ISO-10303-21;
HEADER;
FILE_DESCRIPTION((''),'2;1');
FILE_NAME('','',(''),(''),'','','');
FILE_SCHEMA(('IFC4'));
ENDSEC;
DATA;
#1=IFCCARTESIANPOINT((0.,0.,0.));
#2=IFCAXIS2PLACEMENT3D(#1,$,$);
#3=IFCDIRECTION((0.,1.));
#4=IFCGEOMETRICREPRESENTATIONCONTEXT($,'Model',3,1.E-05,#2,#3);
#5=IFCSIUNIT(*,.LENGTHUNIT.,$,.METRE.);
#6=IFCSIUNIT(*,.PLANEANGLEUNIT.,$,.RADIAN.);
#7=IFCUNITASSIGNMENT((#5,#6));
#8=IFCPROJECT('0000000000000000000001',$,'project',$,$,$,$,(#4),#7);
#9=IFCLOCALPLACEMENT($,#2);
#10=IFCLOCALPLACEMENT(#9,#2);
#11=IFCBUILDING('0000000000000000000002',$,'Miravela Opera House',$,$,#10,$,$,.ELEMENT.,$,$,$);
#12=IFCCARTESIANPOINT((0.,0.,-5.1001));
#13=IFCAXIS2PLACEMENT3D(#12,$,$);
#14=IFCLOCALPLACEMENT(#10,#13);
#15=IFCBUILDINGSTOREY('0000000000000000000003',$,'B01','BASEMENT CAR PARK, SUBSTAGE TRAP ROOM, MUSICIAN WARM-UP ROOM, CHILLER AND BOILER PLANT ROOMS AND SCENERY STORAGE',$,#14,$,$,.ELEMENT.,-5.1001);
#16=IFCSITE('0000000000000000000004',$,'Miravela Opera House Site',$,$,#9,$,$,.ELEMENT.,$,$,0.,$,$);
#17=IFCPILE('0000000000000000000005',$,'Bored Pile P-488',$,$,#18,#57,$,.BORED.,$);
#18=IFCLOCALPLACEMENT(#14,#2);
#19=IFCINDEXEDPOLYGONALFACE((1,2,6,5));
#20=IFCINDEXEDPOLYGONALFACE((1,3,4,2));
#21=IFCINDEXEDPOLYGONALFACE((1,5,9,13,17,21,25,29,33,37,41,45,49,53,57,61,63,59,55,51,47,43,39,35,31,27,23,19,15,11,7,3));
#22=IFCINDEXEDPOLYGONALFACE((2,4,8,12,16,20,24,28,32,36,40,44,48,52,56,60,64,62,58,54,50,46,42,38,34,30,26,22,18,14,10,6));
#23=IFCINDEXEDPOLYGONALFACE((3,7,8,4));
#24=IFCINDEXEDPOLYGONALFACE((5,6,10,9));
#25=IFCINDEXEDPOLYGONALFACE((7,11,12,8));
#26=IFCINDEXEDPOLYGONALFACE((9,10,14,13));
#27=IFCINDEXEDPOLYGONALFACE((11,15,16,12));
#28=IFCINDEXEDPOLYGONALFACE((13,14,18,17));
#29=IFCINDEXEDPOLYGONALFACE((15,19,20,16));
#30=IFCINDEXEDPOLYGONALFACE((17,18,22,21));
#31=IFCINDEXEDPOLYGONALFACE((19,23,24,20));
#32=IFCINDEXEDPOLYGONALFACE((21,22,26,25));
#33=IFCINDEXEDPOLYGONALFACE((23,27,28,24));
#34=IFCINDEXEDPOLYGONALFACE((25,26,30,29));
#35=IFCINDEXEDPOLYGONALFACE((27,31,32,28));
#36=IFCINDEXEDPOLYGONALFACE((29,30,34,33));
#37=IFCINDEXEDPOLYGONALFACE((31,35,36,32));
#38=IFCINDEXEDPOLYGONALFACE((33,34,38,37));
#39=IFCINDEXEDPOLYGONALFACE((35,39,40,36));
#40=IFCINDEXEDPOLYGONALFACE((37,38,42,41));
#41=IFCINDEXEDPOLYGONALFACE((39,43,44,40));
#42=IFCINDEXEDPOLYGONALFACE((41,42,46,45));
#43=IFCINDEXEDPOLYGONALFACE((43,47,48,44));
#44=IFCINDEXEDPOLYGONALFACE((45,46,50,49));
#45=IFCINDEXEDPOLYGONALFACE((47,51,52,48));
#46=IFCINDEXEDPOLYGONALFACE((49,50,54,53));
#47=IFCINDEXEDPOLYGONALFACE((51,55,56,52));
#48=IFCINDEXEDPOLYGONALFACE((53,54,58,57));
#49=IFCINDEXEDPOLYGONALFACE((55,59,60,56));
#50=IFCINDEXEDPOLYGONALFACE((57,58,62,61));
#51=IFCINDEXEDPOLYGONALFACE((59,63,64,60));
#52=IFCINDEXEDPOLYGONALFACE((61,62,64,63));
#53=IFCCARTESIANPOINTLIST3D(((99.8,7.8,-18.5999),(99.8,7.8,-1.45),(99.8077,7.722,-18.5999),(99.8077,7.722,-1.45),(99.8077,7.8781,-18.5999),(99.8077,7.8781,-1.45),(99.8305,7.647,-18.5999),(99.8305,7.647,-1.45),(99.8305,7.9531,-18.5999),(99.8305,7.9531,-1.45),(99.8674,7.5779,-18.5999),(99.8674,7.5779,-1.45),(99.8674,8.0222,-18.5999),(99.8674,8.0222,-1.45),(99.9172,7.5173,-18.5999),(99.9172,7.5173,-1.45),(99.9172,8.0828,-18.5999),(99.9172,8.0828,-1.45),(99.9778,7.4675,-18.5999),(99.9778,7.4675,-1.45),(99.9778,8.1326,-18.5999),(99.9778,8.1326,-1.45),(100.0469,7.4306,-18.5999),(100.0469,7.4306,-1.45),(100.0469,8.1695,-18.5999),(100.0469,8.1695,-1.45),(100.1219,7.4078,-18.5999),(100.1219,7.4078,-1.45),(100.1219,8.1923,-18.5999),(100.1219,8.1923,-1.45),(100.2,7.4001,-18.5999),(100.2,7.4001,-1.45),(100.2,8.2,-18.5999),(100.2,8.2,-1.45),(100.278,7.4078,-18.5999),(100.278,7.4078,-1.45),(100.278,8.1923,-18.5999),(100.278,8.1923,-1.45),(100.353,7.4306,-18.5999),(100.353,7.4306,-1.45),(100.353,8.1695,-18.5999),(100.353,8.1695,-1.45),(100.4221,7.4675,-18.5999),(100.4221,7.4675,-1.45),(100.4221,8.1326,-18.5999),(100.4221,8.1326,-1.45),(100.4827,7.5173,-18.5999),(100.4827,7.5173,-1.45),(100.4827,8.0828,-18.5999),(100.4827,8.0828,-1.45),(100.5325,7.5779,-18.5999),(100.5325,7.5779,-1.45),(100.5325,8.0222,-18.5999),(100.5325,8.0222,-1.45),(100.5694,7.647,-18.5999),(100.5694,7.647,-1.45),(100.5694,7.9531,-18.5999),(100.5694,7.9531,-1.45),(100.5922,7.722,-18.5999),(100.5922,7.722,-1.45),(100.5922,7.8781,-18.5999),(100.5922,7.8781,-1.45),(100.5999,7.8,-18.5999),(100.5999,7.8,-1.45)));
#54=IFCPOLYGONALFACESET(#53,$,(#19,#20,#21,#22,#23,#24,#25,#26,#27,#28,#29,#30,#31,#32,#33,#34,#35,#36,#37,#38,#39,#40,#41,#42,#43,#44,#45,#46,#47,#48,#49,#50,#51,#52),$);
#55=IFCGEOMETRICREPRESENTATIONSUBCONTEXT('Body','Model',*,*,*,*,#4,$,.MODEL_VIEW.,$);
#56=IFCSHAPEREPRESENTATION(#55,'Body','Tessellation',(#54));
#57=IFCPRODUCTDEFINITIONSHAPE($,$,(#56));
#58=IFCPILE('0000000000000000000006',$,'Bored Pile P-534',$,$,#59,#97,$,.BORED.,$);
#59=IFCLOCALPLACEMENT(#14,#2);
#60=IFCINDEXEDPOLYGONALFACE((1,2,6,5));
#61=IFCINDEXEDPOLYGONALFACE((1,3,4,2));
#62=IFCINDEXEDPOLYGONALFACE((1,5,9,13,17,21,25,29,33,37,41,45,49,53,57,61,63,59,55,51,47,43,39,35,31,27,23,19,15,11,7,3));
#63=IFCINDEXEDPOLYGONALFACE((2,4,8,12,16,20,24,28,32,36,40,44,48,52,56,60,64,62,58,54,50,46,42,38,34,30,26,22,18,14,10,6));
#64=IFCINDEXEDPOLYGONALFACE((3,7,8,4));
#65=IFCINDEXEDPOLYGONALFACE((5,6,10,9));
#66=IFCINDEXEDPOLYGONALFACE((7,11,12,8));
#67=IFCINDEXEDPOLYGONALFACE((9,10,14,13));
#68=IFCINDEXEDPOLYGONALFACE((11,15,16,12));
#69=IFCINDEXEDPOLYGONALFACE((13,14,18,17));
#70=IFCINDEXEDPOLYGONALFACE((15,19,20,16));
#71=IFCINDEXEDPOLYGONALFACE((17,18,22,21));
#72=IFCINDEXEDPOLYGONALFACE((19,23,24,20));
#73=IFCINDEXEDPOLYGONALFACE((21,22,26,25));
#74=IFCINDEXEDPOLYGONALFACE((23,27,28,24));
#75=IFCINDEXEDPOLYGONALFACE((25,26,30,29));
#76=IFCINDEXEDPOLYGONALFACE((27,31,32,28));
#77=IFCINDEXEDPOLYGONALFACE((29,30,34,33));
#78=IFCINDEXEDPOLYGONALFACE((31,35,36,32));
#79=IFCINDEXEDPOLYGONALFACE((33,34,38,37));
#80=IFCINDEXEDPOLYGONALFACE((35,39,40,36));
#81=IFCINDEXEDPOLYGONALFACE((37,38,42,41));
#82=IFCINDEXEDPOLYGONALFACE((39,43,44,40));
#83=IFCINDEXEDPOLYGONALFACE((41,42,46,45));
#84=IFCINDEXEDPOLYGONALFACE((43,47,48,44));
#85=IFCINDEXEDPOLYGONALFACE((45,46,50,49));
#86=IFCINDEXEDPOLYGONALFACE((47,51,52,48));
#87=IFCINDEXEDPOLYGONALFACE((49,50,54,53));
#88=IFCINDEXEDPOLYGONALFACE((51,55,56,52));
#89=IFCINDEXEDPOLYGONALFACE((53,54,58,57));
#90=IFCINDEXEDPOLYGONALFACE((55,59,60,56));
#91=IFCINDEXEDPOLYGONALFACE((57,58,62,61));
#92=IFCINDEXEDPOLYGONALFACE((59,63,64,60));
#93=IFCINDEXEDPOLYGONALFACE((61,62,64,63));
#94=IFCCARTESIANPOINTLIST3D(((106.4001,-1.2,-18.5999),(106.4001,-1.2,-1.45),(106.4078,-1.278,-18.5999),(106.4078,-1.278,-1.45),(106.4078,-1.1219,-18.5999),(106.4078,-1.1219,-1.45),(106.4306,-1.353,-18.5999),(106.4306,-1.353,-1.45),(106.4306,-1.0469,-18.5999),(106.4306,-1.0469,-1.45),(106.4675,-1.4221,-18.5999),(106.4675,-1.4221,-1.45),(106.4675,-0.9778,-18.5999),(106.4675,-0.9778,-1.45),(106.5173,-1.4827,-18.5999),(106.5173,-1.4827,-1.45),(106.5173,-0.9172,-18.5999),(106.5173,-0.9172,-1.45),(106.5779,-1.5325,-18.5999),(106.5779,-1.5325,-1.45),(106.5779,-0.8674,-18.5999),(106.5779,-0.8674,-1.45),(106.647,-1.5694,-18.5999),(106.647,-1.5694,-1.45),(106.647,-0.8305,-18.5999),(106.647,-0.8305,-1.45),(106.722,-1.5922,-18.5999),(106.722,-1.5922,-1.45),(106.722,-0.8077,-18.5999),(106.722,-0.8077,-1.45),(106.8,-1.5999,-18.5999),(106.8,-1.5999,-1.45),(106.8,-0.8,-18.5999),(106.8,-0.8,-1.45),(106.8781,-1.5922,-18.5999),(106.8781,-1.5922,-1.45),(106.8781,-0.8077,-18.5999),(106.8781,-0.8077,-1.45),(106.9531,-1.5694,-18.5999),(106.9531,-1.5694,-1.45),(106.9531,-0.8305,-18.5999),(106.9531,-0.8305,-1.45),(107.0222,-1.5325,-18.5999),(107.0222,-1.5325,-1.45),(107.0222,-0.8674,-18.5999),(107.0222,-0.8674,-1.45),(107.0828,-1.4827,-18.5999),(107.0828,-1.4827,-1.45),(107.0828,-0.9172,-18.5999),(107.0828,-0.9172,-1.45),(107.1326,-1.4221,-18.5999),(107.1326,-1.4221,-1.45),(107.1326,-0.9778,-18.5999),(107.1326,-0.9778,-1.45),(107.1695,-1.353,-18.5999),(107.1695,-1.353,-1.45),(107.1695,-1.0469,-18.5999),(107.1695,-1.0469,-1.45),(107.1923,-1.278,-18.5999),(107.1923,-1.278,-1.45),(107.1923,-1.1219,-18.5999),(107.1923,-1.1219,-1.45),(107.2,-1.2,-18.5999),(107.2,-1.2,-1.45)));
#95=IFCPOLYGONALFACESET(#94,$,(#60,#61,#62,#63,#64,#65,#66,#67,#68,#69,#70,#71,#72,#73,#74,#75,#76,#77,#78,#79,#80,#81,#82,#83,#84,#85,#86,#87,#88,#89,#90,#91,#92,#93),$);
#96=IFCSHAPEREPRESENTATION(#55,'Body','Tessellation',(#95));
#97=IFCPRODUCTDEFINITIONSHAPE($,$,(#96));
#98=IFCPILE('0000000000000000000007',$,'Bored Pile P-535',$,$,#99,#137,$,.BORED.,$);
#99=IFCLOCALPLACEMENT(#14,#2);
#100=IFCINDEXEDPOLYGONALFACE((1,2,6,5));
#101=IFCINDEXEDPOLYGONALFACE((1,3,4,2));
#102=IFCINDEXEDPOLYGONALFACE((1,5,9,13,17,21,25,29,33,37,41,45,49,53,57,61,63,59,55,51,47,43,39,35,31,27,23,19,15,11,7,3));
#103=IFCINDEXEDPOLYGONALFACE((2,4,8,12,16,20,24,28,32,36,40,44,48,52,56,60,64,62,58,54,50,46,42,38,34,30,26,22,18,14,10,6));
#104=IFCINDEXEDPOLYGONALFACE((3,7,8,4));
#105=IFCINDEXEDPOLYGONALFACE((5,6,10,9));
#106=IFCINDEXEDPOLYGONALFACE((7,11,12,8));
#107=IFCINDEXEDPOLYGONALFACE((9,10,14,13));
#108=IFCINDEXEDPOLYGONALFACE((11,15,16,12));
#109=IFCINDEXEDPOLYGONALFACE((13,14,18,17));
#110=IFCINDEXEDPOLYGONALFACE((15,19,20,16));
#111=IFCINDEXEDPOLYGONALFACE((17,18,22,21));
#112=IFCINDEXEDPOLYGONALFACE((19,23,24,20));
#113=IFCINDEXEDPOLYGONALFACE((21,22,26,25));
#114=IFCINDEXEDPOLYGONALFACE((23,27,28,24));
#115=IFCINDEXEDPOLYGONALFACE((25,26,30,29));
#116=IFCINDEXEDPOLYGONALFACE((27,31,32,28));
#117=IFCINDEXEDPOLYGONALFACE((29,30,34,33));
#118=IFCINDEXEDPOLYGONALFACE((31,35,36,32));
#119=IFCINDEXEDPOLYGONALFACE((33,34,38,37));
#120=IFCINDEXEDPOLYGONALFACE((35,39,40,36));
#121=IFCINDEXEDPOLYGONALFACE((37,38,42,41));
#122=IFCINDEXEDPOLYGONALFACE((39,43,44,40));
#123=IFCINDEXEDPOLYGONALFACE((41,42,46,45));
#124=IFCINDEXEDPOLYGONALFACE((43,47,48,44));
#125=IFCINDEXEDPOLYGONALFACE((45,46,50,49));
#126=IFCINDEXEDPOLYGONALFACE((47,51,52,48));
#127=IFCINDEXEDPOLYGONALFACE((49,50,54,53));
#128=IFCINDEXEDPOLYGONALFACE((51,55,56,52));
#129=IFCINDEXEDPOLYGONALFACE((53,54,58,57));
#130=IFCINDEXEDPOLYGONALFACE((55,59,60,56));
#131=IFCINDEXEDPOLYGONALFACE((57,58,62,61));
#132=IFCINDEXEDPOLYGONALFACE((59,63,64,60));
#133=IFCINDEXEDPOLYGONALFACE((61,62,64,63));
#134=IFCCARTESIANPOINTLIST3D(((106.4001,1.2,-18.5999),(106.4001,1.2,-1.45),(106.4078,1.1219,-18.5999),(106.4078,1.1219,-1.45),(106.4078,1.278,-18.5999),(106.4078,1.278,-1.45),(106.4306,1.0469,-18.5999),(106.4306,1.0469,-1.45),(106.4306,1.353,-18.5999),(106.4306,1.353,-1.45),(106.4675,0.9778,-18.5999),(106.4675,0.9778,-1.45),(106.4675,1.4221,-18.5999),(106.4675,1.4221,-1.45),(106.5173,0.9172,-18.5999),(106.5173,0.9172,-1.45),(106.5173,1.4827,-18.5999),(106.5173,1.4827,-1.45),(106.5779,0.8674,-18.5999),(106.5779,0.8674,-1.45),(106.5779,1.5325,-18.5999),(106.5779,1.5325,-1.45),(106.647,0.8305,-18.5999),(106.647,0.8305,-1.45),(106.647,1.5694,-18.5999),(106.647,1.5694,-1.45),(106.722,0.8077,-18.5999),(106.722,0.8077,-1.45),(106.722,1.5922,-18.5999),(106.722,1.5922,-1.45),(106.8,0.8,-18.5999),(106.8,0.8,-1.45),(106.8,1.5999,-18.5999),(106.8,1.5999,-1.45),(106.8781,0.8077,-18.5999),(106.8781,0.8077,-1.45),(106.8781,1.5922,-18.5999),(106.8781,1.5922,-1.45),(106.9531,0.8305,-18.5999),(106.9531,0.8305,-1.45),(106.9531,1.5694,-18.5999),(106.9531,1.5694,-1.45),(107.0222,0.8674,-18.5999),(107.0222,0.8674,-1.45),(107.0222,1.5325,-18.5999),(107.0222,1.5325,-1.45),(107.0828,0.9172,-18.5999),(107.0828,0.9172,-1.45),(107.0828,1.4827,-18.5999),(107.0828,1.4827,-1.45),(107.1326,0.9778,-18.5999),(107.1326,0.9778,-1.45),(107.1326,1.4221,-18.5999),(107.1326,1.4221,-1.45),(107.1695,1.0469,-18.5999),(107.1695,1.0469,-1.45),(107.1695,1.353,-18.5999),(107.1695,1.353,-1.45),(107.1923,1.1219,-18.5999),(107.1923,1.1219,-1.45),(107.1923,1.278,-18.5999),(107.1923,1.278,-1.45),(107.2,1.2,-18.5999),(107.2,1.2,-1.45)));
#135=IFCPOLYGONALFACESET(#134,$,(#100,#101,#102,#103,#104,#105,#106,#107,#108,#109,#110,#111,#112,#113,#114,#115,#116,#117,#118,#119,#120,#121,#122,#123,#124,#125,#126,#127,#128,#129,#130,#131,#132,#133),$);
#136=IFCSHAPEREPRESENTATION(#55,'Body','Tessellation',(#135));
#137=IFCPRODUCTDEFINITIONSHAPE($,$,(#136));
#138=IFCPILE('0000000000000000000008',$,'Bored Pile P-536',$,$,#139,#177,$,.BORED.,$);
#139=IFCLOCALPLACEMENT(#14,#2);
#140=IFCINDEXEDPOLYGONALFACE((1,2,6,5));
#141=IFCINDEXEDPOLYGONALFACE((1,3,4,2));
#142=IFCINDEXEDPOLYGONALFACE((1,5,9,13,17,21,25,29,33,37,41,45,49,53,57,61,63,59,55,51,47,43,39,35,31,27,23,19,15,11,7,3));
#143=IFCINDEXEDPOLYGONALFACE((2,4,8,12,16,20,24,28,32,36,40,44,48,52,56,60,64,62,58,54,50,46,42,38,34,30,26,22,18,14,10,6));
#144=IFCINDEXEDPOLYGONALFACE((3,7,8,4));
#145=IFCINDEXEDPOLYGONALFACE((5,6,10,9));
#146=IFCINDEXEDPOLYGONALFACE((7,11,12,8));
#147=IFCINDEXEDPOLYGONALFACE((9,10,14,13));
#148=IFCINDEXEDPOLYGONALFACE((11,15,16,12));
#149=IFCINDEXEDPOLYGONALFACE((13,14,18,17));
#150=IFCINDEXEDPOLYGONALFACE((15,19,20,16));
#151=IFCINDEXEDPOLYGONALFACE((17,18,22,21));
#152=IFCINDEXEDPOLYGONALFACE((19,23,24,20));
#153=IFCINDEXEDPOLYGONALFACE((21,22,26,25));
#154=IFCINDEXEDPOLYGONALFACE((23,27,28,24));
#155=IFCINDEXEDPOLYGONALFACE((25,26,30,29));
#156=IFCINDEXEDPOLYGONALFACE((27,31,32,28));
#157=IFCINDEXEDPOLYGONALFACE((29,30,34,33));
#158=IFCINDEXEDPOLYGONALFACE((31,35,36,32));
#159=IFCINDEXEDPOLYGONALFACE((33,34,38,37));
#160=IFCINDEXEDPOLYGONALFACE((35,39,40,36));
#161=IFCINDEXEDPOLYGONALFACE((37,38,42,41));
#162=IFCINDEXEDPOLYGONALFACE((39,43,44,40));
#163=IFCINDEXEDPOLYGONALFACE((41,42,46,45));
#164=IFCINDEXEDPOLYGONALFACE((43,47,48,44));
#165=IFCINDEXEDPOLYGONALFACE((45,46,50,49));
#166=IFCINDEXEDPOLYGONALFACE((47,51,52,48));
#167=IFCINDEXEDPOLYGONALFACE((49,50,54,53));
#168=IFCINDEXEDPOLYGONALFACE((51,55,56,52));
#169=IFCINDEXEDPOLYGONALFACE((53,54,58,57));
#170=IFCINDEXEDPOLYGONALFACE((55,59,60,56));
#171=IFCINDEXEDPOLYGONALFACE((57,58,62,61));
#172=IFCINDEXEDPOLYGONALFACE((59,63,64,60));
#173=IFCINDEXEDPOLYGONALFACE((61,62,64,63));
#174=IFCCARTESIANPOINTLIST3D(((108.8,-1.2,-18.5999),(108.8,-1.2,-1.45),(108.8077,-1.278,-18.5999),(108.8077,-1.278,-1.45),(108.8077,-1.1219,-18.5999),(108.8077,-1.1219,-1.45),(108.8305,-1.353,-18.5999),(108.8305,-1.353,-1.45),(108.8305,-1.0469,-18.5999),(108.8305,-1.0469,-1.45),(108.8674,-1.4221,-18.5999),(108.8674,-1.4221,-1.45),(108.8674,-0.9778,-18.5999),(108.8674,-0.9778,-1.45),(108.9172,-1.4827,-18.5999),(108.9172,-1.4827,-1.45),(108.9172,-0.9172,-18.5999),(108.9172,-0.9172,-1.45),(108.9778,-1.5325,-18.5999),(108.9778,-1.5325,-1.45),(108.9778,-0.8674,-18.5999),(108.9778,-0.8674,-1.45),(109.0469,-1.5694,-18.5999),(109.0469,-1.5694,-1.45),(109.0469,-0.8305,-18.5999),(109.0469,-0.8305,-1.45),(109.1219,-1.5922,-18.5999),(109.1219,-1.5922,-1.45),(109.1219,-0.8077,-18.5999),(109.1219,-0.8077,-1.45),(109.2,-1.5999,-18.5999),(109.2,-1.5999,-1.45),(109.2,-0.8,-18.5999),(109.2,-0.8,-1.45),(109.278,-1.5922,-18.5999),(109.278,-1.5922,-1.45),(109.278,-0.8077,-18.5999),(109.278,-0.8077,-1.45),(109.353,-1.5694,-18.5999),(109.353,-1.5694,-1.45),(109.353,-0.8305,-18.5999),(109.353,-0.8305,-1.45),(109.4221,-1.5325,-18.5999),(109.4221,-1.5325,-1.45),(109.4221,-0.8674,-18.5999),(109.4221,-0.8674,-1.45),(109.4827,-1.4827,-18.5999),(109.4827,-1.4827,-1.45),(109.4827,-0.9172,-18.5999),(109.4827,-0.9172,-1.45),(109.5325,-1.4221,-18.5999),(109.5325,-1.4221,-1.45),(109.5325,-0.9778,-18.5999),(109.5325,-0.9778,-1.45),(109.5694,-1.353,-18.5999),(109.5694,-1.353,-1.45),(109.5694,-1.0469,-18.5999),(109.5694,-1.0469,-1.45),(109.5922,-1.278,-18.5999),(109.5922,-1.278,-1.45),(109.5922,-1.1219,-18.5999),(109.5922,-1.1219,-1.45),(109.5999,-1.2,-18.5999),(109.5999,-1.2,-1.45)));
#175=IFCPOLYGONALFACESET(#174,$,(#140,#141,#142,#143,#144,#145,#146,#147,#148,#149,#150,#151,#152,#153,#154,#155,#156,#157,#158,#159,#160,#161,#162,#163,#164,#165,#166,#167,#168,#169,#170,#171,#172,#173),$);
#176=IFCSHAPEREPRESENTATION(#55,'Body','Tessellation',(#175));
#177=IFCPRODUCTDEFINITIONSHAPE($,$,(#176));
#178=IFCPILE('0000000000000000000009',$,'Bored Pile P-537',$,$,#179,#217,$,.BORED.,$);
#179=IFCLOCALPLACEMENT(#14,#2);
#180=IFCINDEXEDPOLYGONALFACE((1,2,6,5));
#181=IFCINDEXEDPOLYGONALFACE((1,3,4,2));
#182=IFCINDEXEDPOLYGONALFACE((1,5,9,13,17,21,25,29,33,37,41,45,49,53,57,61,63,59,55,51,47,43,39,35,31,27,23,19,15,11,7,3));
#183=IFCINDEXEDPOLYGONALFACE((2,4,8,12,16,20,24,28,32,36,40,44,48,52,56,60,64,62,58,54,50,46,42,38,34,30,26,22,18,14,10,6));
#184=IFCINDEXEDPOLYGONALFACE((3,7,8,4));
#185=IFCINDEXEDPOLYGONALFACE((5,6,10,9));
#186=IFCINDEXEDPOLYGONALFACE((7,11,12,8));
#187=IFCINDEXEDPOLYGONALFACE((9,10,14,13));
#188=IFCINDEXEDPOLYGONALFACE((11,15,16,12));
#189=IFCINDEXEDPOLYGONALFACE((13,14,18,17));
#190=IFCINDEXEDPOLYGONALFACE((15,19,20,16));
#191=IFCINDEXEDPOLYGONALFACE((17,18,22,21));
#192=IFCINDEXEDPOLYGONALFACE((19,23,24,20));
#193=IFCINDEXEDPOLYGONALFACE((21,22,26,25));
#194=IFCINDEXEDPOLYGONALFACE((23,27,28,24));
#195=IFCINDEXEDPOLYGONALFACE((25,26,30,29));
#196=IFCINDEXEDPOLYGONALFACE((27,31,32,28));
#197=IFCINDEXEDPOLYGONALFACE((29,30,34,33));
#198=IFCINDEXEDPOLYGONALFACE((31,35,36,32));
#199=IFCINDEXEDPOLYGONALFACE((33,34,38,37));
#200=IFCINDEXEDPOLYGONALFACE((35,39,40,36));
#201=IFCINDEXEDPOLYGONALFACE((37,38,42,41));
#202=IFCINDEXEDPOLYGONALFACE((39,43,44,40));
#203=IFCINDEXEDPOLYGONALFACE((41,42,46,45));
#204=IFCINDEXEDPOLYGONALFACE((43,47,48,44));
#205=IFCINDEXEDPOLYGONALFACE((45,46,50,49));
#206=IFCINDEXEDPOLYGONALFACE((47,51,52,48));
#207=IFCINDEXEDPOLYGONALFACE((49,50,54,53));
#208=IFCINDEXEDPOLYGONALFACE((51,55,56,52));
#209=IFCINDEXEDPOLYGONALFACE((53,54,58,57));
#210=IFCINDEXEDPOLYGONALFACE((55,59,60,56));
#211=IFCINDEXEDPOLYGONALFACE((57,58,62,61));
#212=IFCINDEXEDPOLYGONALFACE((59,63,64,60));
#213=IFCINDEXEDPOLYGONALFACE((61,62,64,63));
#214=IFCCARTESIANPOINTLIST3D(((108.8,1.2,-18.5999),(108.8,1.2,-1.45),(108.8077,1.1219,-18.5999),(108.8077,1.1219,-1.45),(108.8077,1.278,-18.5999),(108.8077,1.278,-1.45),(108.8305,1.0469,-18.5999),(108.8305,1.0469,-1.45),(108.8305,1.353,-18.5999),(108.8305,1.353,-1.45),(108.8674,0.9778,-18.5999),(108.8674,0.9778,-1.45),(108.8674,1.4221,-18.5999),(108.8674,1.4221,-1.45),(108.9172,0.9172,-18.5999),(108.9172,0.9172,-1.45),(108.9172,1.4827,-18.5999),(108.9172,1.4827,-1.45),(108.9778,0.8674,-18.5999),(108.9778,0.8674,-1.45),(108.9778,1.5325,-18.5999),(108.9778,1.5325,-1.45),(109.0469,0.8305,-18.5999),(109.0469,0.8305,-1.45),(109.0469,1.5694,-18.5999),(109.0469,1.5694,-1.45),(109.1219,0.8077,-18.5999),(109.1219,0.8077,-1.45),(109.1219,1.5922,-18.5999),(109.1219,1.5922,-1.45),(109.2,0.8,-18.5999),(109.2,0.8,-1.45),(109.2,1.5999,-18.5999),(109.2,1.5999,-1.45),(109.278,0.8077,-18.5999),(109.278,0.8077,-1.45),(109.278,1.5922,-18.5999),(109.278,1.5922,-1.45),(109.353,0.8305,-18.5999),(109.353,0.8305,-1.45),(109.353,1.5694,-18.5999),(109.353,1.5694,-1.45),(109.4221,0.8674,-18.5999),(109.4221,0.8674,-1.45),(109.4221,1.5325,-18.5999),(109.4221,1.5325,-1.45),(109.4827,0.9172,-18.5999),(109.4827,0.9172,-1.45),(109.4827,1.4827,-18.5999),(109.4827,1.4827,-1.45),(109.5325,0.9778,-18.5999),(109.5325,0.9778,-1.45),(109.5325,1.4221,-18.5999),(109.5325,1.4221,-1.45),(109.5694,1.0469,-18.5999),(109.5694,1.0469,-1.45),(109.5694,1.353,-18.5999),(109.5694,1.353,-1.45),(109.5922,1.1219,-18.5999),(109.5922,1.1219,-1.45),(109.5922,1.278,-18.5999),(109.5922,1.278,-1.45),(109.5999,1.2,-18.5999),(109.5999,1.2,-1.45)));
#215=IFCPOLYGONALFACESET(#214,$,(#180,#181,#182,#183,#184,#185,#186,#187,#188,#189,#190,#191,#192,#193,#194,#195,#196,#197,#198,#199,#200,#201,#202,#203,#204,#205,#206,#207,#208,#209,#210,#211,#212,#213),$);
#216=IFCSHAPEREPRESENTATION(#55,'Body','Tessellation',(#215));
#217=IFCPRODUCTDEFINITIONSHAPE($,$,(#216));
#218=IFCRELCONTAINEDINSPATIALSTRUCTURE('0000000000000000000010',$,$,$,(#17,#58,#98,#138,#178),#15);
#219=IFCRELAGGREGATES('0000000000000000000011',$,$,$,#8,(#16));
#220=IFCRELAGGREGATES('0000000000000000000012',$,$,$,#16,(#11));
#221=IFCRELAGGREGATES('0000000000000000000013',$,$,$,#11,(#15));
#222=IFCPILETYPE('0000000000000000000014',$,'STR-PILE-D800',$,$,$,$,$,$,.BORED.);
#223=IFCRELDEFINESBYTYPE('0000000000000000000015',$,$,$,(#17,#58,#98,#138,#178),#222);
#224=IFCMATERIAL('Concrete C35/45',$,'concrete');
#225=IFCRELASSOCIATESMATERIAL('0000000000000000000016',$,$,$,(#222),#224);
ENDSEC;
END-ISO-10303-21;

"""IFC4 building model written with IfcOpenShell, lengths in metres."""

from ifc_helpers import new_model, si_unit, direction, frame, origin, origin_2d, place, context, subcontext, project, spatial, circle, extrude, material, material_profile, profile_set, type_object, element, save


model = new_model("IFC4")

# Units and contexts
model_context = context("Model", 3, precision=1e-05, world=origin(), true_north=direction((0.0, 1.0)))
body_context = subcontext(model_context, "Body", "Model", "MODEL_VIEW")
ifc_project = project(units=[si_unit("LENGTHUNIT", "METRE"), si_unit("PLANEANGLEUNIT", "RADIAN")], contexts=[model_context])

# Site, building, storey
site_placement = place(None, origin())
site = spatial("IfcSite", under=ifc_project, at=site_placement, Name="Miravela Opera House Site", CompositionType="ELEMENT", RefElevation=0.0)
building_placement = place(site_placement, origin())
building = spatial("IfcBuilding", under=site, at=building_placement, Name="Miravela Opera House", CompositionType="ELEMENT")
storey_placement = place(building_placement, frame((0.0, 0.0, -5.1001)))
storey = spatial("IfcBuildingStorey", under=building, at=storey_placement, Name="B01", Description="BASEMENT CAR PARK, SUBSTAGE TRAP ROOM, MUSICIAN WARM-UP ROOM, CHILLER AND BOILER PLANT ROOMS AND SCENERY STORAGE", CompositionType="ELEMENT", Elevation=-5.1001)

# Shared definitions
ifc_material_1 = material(Name="Concrete C35/45", Category="concrete")

# Piles
ifc_material_profile_1 = material_profile(ifc_material_1, circle(Radius=0.3999, at=origin_2d()), Name="PILE-D800")
ifc_profile_set_1 = profile_set([ifc_material_profile_1])
pile_type_1 = type_object("IfcPileType", Name="STR-PILE-D800", PredefinedType="BORED", material=ifc_profile_set_1)
for number, where, z_axis, x_axis, name in (
    (1, (100.2, 7.8, -1.45), (0.0, 0.0, -1.0), (1.0, 0.0, 0.0), "Bored Pile P-488"),
    (2, (106.8, -1.2, -1.45), (0.0, 0.0, -1.0), (1.0, 0.0, 0.0), "Bored Pile P-534"),
    (3, (106.8, 1.2, -1.45), (0.0, 0.0, -1.0), (1.0, 0.0, 0.0), "Bored Pile P-535"),
    (4, (109.2, -1.2, -1.45), (0.0, 0.0, -1.0), (1.0, 0.0, 0.0), "Bored Pile P-536"),
    (5, (109.2, 1.2, -1.45), (0.0, 0.0, -1.0), (1.0, 0.0, 0.0), "Bored Pile P-537"),
):
    element("IfcPile", number, at=place(storey_placement, frame(where, z_axis=z_axis, x_axis=x_axis)), inside=storey, type_object=pile_type_1, Name=name, PredefinedType="BORED", context=body_context, shape_type="SweptSolid", body=[
        extrude(circle(Radius=0.3999, at=origin_2d()), origin(), (0.0, 0.0, 1.0), 17.1499),
    ])

save(model, "model.ifc")
